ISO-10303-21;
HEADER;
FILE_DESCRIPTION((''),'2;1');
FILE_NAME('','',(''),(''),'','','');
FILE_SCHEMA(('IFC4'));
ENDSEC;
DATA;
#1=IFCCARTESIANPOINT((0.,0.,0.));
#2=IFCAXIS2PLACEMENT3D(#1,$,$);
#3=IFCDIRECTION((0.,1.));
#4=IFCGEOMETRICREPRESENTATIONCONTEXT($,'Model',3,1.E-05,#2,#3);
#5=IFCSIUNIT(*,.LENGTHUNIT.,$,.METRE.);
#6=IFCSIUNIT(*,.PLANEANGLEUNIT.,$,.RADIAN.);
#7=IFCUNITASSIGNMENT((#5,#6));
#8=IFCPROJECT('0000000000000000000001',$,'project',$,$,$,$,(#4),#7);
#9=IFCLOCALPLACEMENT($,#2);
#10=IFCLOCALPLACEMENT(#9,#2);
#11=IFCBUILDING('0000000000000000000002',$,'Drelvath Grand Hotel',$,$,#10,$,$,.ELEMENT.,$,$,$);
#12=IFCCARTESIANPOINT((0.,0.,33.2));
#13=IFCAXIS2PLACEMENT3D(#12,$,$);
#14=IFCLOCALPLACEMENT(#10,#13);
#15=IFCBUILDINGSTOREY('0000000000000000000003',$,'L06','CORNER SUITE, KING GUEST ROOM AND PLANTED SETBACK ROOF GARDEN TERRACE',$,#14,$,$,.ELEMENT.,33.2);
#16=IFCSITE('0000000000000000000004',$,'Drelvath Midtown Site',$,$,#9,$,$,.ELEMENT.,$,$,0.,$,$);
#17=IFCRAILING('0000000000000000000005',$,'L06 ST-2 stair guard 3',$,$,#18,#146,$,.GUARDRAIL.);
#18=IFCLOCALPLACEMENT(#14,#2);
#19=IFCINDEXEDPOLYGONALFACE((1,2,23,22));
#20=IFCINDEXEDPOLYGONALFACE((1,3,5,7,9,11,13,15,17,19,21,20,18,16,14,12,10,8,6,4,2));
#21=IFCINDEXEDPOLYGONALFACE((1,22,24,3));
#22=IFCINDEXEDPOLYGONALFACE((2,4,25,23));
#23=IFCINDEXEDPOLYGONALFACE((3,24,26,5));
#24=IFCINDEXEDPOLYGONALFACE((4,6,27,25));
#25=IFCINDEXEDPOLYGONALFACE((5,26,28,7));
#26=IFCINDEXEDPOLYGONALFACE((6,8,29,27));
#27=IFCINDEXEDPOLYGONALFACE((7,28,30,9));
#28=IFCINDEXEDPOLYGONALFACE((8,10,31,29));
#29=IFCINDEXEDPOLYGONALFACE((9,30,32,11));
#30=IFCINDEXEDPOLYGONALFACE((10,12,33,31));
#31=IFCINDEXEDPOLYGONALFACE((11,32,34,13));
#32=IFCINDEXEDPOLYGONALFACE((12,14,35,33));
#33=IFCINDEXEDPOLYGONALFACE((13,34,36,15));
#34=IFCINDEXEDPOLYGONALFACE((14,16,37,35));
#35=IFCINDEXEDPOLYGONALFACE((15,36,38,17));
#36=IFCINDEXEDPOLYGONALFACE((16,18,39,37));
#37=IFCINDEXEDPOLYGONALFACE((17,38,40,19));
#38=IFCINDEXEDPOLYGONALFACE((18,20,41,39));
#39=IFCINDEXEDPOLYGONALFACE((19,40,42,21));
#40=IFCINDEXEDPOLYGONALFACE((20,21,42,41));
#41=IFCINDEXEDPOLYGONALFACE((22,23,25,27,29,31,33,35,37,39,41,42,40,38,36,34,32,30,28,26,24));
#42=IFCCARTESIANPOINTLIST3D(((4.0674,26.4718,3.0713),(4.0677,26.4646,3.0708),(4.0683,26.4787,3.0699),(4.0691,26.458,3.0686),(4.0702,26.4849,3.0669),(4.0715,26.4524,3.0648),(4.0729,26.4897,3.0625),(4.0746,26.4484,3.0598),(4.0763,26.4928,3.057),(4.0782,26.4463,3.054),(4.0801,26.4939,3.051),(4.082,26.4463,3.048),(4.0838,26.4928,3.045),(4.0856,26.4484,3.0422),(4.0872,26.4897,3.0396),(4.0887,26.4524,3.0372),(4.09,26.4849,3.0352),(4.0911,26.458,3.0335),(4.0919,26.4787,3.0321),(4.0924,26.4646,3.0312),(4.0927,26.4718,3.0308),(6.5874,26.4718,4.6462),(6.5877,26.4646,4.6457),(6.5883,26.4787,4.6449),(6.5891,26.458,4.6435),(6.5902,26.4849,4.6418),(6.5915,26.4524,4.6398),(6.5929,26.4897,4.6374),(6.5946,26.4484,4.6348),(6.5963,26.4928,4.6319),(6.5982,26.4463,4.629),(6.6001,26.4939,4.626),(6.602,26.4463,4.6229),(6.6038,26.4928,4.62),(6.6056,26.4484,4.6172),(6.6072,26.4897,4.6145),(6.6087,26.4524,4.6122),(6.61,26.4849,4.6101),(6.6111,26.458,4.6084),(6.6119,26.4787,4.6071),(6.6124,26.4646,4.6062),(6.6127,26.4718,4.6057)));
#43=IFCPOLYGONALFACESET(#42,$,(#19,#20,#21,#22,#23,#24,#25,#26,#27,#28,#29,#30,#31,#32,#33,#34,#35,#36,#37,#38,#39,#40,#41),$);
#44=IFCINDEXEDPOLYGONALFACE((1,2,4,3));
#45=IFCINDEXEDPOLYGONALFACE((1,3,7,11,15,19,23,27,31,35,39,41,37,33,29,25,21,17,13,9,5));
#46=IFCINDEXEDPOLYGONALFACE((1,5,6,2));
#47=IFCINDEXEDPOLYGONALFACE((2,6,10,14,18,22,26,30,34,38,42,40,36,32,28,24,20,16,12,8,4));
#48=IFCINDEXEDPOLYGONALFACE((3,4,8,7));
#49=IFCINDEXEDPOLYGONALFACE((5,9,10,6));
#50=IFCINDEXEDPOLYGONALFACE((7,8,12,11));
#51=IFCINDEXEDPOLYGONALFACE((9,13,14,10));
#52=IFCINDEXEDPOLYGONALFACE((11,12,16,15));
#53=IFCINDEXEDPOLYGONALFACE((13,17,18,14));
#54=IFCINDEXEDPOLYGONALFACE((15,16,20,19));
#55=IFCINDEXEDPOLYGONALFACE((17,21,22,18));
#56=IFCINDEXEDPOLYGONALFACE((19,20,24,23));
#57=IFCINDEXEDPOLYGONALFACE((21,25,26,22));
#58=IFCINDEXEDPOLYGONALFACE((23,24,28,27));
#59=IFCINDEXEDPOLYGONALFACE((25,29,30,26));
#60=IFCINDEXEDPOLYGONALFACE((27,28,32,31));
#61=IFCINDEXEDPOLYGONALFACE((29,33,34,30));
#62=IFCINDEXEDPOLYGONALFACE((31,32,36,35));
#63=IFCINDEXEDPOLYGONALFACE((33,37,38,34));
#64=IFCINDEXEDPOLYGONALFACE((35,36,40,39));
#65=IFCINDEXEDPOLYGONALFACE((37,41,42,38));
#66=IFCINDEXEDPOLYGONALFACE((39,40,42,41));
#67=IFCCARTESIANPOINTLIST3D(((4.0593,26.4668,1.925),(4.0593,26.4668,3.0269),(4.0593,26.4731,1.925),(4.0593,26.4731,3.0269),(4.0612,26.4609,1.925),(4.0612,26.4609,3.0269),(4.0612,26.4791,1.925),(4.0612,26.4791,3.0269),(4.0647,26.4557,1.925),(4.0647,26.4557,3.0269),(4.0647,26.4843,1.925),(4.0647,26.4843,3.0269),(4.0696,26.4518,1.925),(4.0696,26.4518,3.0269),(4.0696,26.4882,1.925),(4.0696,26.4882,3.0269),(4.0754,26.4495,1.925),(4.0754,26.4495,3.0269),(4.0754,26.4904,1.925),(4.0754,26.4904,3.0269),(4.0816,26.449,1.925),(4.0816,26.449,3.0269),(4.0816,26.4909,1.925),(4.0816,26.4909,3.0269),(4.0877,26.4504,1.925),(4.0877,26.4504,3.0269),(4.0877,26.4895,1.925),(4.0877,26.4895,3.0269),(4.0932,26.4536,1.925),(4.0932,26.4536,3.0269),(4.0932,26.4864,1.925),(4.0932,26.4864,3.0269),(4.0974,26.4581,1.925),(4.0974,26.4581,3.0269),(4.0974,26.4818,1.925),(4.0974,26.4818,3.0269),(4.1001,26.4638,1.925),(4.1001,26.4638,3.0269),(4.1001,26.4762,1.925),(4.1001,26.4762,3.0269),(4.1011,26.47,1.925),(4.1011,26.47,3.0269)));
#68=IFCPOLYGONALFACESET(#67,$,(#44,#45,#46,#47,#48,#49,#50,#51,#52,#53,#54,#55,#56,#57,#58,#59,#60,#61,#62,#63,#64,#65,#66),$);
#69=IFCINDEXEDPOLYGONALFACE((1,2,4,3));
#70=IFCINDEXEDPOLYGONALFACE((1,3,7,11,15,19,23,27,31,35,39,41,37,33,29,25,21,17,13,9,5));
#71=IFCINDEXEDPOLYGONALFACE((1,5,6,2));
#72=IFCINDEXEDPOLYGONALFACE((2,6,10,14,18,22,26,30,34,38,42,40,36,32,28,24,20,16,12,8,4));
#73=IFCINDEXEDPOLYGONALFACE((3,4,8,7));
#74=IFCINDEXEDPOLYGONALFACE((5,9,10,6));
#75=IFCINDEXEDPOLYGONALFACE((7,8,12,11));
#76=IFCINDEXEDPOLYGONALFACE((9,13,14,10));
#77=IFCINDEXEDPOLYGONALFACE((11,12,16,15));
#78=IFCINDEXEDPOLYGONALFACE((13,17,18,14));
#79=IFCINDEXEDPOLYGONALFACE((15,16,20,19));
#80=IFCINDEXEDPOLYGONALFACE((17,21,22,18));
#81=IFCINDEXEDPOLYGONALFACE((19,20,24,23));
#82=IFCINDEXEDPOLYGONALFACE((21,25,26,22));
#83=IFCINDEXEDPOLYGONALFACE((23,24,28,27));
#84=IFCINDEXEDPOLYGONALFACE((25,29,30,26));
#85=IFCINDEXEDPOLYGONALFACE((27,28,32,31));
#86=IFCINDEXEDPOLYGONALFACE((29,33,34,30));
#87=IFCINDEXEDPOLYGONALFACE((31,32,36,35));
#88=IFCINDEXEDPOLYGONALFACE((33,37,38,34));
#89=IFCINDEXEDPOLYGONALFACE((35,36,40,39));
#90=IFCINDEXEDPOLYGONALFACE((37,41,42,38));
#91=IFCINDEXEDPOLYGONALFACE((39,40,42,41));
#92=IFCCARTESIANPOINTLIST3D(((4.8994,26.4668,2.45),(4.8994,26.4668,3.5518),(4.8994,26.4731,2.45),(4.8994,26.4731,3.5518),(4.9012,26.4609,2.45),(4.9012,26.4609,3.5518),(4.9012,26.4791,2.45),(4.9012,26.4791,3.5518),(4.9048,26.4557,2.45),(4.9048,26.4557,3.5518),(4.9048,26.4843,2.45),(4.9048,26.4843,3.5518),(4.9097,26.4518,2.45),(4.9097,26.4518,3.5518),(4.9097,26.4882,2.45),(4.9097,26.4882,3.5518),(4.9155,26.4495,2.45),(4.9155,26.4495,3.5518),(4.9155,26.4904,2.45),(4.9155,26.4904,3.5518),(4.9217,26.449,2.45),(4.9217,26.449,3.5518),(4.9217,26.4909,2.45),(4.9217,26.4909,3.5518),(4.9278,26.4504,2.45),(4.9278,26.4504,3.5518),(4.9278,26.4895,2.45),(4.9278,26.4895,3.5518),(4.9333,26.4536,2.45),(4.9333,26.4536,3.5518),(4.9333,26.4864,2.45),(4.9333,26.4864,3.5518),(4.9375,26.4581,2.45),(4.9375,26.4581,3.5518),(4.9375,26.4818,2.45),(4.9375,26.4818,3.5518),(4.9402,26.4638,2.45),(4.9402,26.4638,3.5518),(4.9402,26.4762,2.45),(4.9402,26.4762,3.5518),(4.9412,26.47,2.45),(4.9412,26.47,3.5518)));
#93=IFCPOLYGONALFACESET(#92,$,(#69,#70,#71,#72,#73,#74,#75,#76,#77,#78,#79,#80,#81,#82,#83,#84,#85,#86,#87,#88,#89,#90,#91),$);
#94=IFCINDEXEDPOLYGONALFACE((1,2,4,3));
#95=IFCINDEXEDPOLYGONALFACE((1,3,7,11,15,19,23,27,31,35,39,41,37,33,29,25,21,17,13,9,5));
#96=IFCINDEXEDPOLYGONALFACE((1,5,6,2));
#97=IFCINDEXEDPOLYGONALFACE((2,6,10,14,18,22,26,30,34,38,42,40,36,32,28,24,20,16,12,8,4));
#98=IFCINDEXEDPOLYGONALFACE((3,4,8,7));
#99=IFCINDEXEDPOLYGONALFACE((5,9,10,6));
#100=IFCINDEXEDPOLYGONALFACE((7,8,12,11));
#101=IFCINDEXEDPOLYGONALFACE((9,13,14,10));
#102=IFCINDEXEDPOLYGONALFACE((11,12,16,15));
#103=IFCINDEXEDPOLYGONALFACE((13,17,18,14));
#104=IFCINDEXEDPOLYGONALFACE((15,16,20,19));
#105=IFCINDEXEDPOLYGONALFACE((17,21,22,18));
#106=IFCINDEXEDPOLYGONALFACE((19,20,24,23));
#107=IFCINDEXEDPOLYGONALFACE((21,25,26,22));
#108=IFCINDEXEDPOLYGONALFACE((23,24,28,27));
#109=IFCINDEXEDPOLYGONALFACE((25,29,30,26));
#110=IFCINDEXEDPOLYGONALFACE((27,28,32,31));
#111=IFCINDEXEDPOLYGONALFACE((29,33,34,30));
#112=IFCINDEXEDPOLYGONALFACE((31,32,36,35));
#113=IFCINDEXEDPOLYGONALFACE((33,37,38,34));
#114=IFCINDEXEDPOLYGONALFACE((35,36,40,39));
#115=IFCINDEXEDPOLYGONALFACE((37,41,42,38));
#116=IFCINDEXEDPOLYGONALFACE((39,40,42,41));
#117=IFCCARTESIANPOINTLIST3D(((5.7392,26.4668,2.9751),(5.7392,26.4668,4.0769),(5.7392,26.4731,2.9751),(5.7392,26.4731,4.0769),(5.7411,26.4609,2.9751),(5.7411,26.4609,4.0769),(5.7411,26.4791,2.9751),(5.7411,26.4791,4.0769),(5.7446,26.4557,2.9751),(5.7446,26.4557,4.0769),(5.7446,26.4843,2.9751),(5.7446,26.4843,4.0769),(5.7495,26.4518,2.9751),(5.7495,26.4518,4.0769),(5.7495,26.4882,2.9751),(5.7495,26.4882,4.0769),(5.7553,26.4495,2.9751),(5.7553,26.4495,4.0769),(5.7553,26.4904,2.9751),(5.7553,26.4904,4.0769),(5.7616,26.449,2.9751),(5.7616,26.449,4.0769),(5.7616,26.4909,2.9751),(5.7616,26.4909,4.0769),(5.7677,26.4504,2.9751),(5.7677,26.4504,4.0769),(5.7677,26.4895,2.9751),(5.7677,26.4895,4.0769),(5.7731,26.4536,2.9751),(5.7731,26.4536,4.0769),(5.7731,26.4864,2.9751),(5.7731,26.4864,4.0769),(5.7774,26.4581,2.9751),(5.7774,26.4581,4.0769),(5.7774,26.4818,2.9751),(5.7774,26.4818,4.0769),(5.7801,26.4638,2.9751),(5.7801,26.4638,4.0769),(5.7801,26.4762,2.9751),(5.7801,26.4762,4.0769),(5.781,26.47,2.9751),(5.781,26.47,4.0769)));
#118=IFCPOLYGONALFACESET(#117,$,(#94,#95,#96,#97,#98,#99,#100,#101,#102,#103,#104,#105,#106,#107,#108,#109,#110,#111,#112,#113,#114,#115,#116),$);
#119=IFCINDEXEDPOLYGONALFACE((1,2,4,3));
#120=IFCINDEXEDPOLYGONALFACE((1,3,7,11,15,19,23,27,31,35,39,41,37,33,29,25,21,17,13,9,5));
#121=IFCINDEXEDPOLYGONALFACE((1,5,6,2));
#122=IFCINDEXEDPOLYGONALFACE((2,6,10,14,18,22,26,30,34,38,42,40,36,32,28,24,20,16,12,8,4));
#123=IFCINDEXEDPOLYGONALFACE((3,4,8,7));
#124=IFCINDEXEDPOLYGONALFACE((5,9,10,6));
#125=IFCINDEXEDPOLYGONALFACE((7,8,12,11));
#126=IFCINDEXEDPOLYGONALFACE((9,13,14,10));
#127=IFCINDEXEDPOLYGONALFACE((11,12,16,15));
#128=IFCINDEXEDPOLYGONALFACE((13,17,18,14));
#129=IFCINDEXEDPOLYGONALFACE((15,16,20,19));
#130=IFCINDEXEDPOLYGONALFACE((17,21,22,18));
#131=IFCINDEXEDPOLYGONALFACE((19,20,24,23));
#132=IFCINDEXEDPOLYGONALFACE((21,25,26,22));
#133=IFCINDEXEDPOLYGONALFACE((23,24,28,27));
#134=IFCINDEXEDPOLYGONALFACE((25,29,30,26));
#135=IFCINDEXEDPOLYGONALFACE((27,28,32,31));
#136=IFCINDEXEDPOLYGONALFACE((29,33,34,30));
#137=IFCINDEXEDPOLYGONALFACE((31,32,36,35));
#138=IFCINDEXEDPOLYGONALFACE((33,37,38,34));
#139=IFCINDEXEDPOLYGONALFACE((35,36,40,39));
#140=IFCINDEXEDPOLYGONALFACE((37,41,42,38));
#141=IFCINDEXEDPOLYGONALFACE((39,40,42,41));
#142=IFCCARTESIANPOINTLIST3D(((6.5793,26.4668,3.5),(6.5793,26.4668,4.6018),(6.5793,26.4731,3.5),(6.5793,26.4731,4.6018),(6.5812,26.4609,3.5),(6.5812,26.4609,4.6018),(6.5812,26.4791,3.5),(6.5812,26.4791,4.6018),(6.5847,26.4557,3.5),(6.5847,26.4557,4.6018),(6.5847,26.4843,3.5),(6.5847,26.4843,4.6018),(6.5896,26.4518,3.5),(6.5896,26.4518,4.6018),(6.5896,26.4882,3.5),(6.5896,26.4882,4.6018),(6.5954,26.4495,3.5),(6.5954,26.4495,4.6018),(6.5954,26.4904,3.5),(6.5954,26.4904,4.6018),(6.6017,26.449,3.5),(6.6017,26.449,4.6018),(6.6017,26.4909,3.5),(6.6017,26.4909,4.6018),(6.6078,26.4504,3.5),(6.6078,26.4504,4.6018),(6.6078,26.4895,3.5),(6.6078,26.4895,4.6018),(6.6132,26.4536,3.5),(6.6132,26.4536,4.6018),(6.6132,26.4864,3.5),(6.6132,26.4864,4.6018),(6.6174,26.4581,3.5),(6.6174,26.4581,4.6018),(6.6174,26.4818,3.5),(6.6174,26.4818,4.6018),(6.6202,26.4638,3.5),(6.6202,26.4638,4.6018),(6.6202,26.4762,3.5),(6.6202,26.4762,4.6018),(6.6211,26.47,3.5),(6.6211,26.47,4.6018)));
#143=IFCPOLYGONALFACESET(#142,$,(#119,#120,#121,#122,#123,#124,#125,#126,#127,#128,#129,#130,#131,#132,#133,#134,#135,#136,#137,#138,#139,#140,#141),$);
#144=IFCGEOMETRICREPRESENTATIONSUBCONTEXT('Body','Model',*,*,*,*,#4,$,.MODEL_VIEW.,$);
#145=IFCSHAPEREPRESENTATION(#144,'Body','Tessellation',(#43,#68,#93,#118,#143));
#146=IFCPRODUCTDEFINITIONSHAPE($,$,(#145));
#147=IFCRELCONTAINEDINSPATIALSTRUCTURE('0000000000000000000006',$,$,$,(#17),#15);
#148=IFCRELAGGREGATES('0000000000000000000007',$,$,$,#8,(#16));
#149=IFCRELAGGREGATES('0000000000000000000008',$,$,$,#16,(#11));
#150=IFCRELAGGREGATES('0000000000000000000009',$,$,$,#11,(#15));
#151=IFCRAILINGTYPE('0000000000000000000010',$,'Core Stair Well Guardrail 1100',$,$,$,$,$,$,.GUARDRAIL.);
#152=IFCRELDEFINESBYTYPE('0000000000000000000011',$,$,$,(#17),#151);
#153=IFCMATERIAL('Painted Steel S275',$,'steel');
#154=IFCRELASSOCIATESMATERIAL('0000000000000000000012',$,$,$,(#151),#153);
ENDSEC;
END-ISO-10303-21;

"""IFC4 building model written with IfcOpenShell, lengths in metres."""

from ifc_helpers import new_model, si_unit, direction, frame, origin, origin_2d, place, context, subcontext, project, spatial, circle, extrude, material, type_object, element, save


model = new_model("IFC4")

# Units and contexts
model_context = context("Model", 3, precision=1e-05, world=origin(), true_north=direction((0.0, 1.0)))
body_context = subcontext(model_context, "Body", "Model", "MODEL_VIEW")
ifc_project = project(units=[si_unit("LENGTHUNIT", "METRE"), si_unit("PLANEANGLEUNIT", "RADIAN")], contexts=[model_context])

# Site, building, storey
site_placement = place(None, origin())
site = spatial("IfcSite", under=ifc_project, at=site_placement, Name="Drelvath Midtown Site", CompositionType="ELEMENT", RefElevation=0.0)
building_placement = place(site_placement, origin())
building = spatial("IfcBuilding", under=site, at=building_placement, Name="Drelvath Grand Hotel", CompositionType="ELEMENT")
storey_placement = place(building_placement, frame((0.0, 0.0, 33.2)))
storey = spatial("IfcBuildingStorey", under=building, at=storey_placement, Name="L06", Description="CORNER SUITE, KING GUEST ROOM AND PLANTED SETBACK ROOF GARDEN TERRACE", CompositionType="ELEMENT", Elevation=33.2)

# Shared definitions
ifc_material_1 = material(Name="Painted Steel S275", Category="steel")

# Railing
railing_type_1 = type_object("IfcRailingType", Name="Core Stair Well Guardrail 1100", PredefinedType="GUARDRAIL", material=ifc_material_1)
railing_1_placement = place(storey_placement, frame((4.0801, 26.47, 1.925)))
element("IfcRailing", 1, at=railing_1_placement, inside=storey, type_object=railing_type_1, Name="L06 ST-2 stair guard 3", PredefinedType="GUARDRAIL", context=body_context, shape_type="SweptSolid", body=[
    extrude(circle(Radius=0.0239, at=origin_2d()), frame((0.0, 0.0, 1.126), z_axis=(0.848008, 0.0, 0.529984), x_axis=(0.0, 1.0, 0.0)), (0.0, 0.0, 1.0), 2.9717),
    extrude(circle(Radius=0.021, at=origin_2d()), origin(), (0.0, 0.0, 1.0), 1.1018),
    extrude(circle(Radius=0.021, at=origin_2d()), frame((0.8401, 0.0, 0.5249)), (0.0, 0.0, 1.0), 1.1018),
    extrude(circle(Radius=0.021, at=origin_2d()), frame((1.6799, 0.0, 1.05)), (0.0, 0.0, 1.0), 1.1018),
    extrude(circle(Radius=0.021, at=origin_2d()), frame((2.52, 0.0, 1.575)), (0.0, 0.0, 1.0), 1.1018),
])

save(model, "model.ifc")
